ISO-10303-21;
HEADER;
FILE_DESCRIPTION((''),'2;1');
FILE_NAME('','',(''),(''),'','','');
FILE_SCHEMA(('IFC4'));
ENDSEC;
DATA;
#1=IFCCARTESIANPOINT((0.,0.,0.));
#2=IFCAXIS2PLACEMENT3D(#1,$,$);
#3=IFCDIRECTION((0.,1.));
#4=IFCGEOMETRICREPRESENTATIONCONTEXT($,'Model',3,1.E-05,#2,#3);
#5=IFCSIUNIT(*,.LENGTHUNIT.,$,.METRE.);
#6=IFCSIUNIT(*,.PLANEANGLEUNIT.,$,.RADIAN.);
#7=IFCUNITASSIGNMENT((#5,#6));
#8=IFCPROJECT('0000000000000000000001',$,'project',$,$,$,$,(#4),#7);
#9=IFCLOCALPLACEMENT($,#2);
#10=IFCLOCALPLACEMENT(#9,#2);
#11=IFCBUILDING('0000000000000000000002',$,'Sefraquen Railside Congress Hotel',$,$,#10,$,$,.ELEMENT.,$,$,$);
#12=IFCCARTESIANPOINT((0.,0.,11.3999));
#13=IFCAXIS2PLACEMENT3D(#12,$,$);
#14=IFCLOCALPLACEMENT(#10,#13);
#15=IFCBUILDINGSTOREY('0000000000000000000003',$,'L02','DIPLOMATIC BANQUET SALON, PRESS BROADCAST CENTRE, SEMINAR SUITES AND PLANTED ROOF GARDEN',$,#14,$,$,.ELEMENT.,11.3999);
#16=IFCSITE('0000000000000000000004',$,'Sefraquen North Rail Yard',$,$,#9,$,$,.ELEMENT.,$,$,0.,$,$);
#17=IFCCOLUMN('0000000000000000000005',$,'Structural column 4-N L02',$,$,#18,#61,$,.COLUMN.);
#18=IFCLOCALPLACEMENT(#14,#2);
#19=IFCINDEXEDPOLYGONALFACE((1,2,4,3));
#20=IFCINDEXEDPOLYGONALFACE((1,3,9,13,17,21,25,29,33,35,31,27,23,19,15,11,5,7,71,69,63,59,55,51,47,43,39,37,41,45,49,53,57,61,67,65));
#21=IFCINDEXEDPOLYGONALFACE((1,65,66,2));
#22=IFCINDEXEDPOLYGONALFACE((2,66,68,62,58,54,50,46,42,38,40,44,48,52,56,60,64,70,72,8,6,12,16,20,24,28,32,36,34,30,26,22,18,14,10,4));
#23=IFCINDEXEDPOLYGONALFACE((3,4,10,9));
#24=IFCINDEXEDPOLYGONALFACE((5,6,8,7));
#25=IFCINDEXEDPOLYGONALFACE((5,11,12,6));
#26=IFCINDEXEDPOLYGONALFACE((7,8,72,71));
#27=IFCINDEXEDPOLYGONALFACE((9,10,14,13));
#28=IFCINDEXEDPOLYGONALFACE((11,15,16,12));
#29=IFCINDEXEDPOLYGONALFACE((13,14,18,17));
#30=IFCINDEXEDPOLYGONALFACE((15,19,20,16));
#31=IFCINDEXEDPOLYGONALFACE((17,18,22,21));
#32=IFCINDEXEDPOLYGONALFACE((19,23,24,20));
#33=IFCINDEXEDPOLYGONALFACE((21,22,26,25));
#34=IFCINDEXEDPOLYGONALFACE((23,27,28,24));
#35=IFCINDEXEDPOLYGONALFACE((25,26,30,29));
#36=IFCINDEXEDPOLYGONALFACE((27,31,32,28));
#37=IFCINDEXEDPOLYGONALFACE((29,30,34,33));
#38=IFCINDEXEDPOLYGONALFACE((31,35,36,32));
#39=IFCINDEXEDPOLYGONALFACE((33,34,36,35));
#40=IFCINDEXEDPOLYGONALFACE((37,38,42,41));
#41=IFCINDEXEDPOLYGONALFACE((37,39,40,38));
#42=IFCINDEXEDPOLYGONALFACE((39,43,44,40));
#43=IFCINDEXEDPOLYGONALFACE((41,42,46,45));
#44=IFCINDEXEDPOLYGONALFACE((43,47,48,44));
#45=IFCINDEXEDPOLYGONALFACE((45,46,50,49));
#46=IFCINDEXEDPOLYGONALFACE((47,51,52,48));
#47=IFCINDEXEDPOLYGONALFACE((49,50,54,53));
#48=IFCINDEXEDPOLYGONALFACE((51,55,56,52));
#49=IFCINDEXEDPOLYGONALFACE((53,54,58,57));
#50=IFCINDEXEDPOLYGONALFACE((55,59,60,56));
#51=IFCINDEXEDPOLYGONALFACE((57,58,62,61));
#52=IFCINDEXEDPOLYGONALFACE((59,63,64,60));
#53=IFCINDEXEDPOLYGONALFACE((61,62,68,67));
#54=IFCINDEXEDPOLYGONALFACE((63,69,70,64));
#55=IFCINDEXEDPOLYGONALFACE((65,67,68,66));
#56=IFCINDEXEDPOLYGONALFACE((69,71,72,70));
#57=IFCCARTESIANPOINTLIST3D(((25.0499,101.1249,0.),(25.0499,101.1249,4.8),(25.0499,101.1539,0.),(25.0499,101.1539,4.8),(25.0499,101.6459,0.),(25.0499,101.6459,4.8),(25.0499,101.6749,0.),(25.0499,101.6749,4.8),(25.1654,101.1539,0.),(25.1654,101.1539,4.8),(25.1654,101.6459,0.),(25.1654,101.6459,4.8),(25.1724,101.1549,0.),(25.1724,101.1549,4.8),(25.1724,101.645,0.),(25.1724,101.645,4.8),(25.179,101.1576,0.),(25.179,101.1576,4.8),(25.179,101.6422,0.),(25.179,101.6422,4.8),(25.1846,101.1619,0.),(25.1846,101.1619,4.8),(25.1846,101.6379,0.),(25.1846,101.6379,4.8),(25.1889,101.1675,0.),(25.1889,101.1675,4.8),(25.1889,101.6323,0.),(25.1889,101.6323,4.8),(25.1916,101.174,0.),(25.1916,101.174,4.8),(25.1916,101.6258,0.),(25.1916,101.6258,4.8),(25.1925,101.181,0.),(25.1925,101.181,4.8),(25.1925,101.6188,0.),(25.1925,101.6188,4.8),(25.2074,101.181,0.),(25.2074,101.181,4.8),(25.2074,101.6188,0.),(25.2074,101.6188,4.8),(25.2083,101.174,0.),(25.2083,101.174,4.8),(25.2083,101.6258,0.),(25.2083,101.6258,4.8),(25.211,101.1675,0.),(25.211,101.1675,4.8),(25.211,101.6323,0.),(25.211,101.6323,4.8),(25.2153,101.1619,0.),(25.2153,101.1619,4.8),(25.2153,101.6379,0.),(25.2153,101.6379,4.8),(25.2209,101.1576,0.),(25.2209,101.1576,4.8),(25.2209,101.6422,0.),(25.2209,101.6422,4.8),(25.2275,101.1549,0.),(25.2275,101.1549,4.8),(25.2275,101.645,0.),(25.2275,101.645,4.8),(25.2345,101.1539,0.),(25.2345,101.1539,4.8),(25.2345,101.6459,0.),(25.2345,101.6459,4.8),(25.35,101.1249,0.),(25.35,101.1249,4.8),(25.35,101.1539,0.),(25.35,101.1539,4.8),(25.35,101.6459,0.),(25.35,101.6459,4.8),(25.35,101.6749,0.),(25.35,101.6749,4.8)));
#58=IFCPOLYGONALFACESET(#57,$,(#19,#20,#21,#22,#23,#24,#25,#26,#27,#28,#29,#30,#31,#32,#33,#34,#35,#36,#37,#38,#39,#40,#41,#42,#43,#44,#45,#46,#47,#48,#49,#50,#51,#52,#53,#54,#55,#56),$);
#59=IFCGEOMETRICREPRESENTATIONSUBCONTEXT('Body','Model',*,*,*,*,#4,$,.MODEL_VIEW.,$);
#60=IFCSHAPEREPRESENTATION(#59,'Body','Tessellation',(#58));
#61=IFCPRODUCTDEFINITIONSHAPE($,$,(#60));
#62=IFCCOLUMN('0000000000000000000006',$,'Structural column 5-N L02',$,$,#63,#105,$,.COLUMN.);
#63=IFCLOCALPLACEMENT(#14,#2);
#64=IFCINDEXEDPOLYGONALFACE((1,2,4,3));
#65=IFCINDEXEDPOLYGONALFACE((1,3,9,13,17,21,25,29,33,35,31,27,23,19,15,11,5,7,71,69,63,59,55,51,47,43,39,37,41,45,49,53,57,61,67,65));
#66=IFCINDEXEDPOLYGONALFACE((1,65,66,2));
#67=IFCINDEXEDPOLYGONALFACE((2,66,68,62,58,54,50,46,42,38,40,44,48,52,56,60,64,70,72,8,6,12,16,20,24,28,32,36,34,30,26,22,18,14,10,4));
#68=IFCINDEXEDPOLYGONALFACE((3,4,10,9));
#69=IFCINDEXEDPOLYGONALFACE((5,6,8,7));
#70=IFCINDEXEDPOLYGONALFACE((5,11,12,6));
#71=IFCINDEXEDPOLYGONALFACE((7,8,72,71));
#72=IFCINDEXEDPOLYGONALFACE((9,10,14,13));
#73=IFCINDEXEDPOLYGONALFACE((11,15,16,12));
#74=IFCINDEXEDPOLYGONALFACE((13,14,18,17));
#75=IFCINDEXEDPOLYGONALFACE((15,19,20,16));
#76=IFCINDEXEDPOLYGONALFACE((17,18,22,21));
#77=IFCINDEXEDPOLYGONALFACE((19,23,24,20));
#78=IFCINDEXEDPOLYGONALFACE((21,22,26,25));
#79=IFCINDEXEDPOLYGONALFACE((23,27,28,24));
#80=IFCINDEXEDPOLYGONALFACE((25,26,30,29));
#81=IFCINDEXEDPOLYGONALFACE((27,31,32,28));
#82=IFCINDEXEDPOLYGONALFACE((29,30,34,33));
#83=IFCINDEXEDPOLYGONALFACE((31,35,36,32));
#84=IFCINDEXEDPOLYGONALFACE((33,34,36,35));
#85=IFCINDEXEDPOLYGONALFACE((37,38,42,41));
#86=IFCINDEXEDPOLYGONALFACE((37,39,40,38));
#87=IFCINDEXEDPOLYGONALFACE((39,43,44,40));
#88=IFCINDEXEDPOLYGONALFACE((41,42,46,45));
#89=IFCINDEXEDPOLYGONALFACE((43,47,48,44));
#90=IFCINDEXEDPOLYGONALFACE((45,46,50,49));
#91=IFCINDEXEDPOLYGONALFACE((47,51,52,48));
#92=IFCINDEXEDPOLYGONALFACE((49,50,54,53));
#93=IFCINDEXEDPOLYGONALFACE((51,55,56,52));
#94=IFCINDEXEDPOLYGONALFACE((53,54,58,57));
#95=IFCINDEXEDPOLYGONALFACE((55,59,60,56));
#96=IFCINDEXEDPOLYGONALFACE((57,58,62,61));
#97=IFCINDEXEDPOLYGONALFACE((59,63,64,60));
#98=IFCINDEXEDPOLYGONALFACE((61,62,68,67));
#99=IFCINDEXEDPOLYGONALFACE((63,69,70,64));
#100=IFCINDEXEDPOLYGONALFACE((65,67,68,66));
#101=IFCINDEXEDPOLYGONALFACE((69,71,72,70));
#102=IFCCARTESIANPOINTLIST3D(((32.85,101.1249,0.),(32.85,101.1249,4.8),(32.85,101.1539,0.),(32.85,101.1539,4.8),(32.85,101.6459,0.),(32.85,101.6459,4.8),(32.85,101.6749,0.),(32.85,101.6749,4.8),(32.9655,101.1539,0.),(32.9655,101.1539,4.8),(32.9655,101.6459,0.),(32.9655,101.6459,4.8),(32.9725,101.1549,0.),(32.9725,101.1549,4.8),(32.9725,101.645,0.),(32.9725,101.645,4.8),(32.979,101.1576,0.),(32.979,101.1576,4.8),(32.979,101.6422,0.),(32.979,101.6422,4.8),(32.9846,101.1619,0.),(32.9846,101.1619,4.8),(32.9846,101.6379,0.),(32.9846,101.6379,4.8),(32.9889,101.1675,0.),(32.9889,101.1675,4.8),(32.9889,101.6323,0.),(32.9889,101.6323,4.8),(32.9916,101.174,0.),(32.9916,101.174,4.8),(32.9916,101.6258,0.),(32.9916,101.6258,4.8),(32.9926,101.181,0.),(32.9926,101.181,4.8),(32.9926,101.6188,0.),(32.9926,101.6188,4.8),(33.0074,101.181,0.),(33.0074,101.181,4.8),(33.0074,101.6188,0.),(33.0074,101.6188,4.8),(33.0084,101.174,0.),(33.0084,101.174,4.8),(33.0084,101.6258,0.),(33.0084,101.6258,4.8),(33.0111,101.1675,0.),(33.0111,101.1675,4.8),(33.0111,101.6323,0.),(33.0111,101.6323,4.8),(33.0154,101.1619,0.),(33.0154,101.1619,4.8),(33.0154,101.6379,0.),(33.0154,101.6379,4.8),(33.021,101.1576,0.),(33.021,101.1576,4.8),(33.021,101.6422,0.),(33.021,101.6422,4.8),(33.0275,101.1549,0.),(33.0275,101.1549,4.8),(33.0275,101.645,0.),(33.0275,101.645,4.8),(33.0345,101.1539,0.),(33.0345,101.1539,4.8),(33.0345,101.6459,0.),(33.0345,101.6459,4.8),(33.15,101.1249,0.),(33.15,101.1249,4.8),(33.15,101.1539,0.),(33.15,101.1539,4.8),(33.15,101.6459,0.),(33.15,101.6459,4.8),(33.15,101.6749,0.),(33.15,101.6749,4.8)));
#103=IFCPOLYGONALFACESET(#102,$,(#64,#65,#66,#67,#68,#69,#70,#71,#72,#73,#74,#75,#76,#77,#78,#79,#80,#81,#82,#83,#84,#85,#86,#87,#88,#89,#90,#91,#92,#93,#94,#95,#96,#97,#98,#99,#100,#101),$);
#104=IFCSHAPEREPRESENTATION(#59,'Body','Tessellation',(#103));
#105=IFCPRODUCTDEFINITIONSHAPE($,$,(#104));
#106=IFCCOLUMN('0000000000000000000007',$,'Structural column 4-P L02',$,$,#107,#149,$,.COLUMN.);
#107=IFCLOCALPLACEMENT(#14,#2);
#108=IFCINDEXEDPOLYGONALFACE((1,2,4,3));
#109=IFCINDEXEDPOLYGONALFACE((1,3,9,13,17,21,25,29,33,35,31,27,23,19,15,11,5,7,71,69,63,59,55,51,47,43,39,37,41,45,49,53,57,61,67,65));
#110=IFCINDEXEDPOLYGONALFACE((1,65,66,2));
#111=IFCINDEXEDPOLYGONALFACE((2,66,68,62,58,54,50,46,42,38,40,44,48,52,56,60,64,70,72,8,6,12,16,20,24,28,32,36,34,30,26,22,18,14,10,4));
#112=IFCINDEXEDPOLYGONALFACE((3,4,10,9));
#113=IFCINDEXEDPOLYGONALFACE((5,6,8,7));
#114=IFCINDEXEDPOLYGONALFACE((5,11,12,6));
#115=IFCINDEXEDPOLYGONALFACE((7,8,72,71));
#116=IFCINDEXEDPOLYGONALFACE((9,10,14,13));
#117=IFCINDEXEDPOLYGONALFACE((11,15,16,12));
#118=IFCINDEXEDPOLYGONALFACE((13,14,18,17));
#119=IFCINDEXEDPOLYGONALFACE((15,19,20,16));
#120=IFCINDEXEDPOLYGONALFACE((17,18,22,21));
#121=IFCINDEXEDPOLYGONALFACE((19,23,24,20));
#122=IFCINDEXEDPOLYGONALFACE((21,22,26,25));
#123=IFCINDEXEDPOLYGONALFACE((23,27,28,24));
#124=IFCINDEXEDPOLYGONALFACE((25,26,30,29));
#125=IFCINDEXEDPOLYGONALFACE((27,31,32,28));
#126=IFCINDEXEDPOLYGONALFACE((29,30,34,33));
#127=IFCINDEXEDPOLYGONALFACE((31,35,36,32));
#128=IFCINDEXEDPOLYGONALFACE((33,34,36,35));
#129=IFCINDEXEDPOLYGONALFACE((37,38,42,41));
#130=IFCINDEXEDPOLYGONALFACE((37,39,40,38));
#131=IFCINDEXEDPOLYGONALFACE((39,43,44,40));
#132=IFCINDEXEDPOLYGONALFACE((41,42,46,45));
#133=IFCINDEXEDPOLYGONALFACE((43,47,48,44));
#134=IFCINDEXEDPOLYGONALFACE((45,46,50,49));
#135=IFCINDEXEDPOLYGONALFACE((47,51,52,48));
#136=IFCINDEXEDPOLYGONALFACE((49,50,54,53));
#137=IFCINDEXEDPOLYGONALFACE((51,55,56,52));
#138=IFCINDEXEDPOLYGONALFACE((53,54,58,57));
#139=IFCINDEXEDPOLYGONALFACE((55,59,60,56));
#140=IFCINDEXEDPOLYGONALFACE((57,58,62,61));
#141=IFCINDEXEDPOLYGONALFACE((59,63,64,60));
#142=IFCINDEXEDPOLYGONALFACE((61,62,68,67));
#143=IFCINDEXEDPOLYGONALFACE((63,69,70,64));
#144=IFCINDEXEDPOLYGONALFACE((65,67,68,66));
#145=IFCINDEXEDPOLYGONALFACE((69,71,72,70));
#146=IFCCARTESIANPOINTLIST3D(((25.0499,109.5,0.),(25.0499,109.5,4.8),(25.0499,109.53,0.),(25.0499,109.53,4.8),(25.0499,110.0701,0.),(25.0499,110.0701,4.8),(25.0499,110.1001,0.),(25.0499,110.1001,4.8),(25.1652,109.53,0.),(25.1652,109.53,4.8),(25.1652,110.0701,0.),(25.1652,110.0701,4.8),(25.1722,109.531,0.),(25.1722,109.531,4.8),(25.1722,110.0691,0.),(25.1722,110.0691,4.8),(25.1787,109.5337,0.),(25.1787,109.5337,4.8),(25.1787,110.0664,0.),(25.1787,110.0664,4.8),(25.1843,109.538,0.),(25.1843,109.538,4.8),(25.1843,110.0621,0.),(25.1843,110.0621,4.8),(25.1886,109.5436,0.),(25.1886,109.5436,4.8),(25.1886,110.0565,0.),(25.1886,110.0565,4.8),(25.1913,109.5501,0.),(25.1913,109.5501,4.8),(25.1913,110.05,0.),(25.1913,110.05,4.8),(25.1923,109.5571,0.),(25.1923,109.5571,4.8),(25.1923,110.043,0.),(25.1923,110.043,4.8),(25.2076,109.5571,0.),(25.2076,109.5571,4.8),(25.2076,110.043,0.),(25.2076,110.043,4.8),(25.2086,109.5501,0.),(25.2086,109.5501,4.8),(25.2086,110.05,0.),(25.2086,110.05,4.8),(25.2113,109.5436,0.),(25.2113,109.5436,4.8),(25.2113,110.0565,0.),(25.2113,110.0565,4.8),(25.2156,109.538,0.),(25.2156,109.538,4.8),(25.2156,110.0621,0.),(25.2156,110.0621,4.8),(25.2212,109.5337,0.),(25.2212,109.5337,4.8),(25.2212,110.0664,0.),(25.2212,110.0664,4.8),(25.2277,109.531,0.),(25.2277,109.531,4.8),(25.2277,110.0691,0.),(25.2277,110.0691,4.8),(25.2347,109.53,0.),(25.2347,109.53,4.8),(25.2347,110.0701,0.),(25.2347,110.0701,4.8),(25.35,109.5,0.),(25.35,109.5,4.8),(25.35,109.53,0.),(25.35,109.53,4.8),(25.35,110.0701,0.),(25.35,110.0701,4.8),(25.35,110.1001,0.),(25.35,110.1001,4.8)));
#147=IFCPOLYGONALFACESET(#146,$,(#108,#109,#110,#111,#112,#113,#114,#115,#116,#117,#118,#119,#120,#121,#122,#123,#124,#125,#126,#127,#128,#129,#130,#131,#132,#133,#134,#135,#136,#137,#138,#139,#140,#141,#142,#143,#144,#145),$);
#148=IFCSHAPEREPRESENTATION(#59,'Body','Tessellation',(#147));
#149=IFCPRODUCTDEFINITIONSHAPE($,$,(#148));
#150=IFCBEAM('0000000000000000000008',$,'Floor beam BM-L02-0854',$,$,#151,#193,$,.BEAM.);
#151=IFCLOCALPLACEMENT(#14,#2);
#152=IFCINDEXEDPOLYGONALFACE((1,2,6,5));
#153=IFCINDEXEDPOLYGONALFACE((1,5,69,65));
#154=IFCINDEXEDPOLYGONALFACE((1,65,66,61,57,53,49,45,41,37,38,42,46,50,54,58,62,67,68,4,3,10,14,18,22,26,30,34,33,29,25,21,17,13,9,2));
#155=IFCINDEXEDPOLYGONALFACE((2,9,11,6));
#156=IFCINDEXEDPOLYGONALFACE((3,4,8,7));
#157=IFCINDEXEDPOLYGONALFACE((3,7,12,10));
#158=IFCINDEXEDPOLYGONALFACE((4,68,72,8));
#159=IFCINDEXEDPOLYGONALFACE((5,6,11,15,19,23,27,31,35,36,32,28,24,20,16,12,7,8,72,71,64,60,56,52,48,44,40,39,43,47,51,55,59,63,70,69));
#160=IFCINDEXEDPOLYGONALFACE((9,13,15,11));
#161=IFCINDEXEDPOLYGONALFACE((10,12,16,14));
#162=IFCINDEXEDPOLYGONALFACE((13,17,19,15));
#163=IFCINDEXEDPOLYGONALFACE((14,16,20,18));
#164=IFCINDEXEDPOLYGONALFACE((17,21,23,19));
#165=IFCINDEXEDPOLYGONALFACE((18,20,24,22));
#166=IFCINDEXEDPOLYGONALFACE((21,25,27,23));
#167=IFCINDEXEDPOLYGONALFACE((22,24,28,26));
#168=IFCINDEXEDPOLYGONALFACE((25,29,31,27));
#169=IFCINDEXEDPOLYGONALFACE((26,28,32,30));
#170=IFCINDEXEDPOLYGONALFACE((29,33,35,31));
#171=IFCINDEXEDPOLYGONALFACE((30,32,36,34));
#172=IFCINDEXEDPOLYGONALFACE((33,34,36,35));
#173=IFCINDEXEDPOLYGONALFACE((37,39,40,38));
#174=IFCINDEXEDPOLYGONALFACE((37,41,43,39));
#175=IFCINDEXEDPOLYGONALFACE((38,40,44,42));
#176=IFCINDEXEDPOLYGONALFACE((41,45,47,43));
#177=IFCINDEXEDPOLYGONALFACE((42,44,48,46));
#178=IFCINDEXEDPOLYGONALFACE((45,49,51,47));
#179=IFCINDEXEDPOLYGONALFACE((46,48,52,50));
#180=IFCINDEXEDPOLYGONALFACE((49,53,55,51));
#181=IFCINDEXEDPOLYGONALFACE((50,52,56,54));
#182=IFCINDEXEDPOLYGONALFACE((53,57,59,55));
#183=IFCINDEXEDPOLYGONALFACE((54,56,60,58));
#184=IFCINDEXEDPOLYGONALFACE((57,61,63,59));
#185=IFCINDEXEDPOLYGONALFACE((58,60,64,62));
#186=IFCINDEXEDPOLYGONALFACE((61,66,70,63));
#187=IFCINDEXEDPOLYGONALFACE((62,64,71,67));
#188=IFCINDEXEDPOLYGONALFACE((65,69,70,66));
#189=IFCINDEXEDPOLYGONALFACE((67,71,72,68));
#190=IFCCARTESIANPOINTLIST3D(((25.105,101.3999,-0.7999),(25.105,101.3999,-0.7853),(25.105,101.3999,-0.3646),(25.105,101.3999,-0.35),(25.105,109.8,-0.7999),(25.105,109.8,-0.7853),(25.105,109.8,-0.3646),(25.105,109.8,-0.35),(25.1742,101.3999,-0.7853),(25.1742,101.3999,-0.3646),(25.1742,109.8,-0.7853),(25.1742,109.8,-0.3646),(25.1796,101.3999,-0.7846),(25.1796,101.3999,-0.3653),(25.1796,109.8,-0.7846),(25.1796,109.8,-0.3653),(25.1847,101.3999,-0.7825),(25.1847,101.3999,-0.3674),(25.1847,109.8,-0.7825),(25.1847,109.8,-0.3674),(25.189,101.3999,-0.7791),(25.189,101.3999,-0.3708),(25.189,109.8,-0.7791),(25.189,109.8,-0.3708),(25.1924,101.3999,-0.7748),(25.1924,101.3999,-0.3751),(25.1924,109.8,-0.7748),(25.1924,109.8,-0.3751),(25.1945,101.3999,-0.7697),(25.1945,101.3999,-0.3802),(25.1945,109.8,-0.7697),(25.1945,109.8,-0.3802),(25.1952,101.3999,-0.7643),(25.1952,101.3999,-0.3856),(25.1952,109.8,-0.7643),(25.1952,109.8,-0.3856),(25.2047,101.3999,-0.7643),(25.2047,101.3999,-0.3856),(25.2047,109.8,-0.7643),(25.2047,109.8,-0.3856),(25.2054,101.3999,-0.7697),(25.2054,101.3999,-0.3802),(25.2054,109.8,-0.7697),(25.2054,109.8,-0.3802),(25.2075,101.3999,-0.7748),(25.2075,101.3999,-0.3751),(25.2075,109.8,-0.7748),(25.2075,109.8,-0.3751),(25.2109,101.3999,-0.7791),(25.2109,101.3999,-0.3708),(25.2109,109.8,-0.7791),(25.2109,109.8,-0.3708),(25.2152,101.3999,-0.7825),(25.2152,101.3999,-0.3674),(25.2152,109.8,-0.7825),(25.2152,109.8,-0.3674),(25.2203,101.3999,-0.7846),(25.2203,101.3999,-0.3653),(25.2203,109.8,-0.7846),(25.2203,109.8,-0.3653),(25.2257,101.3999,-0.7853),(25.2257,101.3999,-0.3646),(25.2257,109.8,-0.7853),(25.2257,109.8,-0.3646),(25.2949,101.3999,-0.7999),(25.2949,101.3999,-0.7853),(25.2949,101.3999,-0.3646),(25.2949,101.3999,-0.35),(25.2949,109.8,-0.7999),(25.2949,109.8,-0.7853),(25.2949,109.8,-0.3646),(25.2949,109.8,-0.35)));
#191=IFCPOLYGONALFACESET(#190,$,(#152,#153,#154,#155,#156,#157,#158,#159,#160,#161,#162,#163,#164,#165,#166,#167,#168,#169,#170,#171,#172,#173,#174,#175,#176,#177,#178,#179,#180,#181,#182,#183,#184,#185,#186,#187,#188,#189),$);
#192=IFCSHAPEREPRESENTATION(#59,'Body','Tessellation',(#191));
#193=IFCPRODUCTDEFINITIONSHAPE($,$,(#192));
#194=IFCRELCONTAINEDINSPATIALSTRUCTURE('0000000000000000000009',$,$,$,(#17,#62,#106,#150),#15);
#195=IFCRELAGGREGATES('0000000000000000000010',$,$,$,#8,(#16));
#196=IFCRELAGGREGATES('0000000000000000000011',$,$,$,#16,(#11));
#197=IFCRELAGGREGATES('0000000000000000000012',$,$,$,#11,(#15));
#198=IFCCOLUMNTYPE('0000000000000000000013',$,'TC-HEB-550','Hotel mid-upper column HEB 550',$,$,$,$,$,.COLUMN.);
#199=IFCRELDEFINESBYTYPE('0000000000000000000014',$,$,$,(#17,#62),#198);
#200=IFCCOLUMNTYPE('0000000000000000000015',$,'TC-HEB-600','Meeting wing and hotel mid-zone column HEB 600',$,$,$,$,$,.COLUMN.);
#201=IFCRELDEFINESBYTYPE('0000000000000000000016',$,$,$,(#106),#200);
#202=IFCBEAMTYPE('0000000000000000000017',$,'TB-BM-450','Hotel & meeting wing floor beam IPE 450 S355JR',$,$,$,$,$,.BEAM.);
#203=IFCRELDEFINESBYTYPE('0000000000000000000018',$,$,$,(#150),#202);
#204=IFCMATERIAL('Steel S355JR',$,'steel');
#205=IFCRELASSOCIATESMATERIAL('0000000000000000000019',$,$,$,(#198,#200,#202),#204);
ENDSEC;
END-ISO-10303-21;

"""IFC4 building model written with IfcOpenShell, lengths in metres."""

from ifc_helpers import new_model, si_unit, direction, frame, origin, origin_2d, place, context, subcontext, project, spatial, i_section, extrude, material, material_profile, profile_set, type_object, element, save


model = new_model("IFC4")

# Units and contexts
model_context = context("Model", 3, precision=1e-05, world=origin(), true_north=direction((0.0, 1.0)))
body_context = subcontext(model_context, "Body", "Model", "MODEL_VIEW")
ifc_project = project(units=[si_unit("LENGTHUNIT", "METRE"), si_unit("PLANEANGLEUNIT", "RADIAN")], contexts=[model_context])

# Site, building, storey
site_placement = place(None, origin())
site = spatial("IfcSite", under=ifc_project, at=site_placement, Name="Sefraquen North Rail Yard", CompositionType="ELEMENT", RefElevation=0.0)
building_placement = place(site_placement, origin())
building = spatial("IfcBuilding", under=site, at=building_placement, Name="Sefraquen Railside Congress Hotel", CompositionType="ELEMENT")
storey_placement = place(building_placement, frame((0.0, 0.0, 11.3999)))
storey = spatial("IfcBuildingStorey", under=building, at=storey_placement, Name="L02", Description="DIPLOMATIC BANQUET SALON, PRESS BROADCAST CENTRE, SEMINAR SUITES AND PLANTED ROOF GARDEN", CompositionType="ELEMENT", Elevation=11.3999)

# Columns
ifc_material_1 = material(Name="Steel S355JR", Category="steel")
ifc_material_profile_1 = material_profile(ifc_material_1, i_section(OverallWidth=0.3, OverallDepth=0.55, WebThickness=0.0149, FlangeThickness=0.0291, FilletRadius=0.0271, at=origin_2d()), Name="HEB 550")
ifc_profile_set_1 = profile_set([ifc_material_profile_1], Name="Steel S355JR")
column_type_1 = type_object("IfcColumnType", Name="TC-HEB-550", Description="Hotel mid-upper column HEB 550", PredefinedType="COLUMN", material=ifc_profile_set_1)
for number, where, z_axis, x_axis, name in (
    (1, (25.2, 101.3999, 0.0), (0.0, 0.0, 1.0), (1.0, 0.0, 0.0), "Structural column 4-N L02"),
    (2, (33.0, 101.3999, 0.0), (0.0, 0.0, 1.0), (1.0, 0.0, 0.0), "Structural column 5-N L02"),
):
    element("IfcColumn", number, at=place(storey_placement, frame(where, z_axis=z_axis, x_axis=x_axis)), inside=storey, type_object=column_type_1, Name=name, PredefinedType="COLUMN", context=body_context, shape_type="SweptSolid", body=[
        extrude(i_section(OverallWidth=0.3, OverallDepth=0.55, WebThickness=0.0149, FlangeThickness=0.0291, FilletRadius=0.0271, at=origin_2d()), origin(), (0.0, 0.0, 1.0), 4.8),
    ])
ifc_material_profile_2 = material_profile(ifc_material_1, i_section(OverallWidth=0.3, OverallDepth=0.6001, WebThickness=0.0154, FlangeThickness=0.03, FilletRadius=0.0271, at=origin_2d()), Name="HEB 600")
ifc_profile_set_2 = profile_set([ifc_material_profile_2], Name="Steel S355JR")
column_type_2 = type_object("IfcColumnType", Name="TC-HEB-600", Description="Meeting wing and hotel mid-zone column HEB 600", PredefinedType="COLUMN", material=ifc_profile_set_2)
column_placement = place(storey_placement, frame((25.2, 109.8, 0.0), z_axis=(0.0, 0.0, 1.0), x_axis=(1.0, 0.0, 0.0)))
element("IfcColumn", 3, at=column_placement, inside=storey, type_object=column_type_2, Name="Structural column 4-P L02", PredefinedType="COLUMN", context=body_context, shape_type="SweptSolid", body=[
    extrude(i_section(OverallWidth=0.3, OverallDepth=0.6001, WebThickness=0.0154, FlangeThickness=0.03, FilletRadius=0.0271, at=origin_2d()), origin(), (0.0, 0.0, 1.0), 4.8),
])

# Beam
ifc_material_profile_3 = material_profile(ifc_material_1, i_section(OverallWidth=0.1899, OverallDepth=0.45, WebThickness=0.0095, FlangeThickness=0.0146, FilletRadius=0.021, at=origin_2d()), Name="IPE 450")
ifc_profile_set_3 = profile_set([ifc_material_profile_3], Name="Steel S355JR")
beam_type_1 = type_object("IfcBeamType", Name="TB-BM-450", Description="Hotel & meeting wing floor beam IPE 450 S355JR", PredefinedType="BEAM", material=ifc_profile_set_3)
for number, where, z_axis, x_axis, name in (
    (4, (25.2, 101.3999, -0.575), (0.0, 1.0, 0.0), (-1.0, 0.0, 0.0), "Floor beam BM-L02-0854"),
):
    element("IfcBeam", number, at=place(storey_placement, frame(where, z_axis=z_axis, x_axis=x_axis)), inside=storey, type_object=beam_type_1, Name=name, PredefinedType="BEAM", context=body_context, shape_type="SweptSolid", body=[
        extrude(i_section(OverallWidth=0.1899, OverallDepth=0.45, WebThickness=0.0095, FlangeThickness=0.0146, FilletRadius=0.021, at=origin_2d()), origin(), (0.0, 0.0, 1.0), 8.4001),
    ])

save(model, "model.ifc")
